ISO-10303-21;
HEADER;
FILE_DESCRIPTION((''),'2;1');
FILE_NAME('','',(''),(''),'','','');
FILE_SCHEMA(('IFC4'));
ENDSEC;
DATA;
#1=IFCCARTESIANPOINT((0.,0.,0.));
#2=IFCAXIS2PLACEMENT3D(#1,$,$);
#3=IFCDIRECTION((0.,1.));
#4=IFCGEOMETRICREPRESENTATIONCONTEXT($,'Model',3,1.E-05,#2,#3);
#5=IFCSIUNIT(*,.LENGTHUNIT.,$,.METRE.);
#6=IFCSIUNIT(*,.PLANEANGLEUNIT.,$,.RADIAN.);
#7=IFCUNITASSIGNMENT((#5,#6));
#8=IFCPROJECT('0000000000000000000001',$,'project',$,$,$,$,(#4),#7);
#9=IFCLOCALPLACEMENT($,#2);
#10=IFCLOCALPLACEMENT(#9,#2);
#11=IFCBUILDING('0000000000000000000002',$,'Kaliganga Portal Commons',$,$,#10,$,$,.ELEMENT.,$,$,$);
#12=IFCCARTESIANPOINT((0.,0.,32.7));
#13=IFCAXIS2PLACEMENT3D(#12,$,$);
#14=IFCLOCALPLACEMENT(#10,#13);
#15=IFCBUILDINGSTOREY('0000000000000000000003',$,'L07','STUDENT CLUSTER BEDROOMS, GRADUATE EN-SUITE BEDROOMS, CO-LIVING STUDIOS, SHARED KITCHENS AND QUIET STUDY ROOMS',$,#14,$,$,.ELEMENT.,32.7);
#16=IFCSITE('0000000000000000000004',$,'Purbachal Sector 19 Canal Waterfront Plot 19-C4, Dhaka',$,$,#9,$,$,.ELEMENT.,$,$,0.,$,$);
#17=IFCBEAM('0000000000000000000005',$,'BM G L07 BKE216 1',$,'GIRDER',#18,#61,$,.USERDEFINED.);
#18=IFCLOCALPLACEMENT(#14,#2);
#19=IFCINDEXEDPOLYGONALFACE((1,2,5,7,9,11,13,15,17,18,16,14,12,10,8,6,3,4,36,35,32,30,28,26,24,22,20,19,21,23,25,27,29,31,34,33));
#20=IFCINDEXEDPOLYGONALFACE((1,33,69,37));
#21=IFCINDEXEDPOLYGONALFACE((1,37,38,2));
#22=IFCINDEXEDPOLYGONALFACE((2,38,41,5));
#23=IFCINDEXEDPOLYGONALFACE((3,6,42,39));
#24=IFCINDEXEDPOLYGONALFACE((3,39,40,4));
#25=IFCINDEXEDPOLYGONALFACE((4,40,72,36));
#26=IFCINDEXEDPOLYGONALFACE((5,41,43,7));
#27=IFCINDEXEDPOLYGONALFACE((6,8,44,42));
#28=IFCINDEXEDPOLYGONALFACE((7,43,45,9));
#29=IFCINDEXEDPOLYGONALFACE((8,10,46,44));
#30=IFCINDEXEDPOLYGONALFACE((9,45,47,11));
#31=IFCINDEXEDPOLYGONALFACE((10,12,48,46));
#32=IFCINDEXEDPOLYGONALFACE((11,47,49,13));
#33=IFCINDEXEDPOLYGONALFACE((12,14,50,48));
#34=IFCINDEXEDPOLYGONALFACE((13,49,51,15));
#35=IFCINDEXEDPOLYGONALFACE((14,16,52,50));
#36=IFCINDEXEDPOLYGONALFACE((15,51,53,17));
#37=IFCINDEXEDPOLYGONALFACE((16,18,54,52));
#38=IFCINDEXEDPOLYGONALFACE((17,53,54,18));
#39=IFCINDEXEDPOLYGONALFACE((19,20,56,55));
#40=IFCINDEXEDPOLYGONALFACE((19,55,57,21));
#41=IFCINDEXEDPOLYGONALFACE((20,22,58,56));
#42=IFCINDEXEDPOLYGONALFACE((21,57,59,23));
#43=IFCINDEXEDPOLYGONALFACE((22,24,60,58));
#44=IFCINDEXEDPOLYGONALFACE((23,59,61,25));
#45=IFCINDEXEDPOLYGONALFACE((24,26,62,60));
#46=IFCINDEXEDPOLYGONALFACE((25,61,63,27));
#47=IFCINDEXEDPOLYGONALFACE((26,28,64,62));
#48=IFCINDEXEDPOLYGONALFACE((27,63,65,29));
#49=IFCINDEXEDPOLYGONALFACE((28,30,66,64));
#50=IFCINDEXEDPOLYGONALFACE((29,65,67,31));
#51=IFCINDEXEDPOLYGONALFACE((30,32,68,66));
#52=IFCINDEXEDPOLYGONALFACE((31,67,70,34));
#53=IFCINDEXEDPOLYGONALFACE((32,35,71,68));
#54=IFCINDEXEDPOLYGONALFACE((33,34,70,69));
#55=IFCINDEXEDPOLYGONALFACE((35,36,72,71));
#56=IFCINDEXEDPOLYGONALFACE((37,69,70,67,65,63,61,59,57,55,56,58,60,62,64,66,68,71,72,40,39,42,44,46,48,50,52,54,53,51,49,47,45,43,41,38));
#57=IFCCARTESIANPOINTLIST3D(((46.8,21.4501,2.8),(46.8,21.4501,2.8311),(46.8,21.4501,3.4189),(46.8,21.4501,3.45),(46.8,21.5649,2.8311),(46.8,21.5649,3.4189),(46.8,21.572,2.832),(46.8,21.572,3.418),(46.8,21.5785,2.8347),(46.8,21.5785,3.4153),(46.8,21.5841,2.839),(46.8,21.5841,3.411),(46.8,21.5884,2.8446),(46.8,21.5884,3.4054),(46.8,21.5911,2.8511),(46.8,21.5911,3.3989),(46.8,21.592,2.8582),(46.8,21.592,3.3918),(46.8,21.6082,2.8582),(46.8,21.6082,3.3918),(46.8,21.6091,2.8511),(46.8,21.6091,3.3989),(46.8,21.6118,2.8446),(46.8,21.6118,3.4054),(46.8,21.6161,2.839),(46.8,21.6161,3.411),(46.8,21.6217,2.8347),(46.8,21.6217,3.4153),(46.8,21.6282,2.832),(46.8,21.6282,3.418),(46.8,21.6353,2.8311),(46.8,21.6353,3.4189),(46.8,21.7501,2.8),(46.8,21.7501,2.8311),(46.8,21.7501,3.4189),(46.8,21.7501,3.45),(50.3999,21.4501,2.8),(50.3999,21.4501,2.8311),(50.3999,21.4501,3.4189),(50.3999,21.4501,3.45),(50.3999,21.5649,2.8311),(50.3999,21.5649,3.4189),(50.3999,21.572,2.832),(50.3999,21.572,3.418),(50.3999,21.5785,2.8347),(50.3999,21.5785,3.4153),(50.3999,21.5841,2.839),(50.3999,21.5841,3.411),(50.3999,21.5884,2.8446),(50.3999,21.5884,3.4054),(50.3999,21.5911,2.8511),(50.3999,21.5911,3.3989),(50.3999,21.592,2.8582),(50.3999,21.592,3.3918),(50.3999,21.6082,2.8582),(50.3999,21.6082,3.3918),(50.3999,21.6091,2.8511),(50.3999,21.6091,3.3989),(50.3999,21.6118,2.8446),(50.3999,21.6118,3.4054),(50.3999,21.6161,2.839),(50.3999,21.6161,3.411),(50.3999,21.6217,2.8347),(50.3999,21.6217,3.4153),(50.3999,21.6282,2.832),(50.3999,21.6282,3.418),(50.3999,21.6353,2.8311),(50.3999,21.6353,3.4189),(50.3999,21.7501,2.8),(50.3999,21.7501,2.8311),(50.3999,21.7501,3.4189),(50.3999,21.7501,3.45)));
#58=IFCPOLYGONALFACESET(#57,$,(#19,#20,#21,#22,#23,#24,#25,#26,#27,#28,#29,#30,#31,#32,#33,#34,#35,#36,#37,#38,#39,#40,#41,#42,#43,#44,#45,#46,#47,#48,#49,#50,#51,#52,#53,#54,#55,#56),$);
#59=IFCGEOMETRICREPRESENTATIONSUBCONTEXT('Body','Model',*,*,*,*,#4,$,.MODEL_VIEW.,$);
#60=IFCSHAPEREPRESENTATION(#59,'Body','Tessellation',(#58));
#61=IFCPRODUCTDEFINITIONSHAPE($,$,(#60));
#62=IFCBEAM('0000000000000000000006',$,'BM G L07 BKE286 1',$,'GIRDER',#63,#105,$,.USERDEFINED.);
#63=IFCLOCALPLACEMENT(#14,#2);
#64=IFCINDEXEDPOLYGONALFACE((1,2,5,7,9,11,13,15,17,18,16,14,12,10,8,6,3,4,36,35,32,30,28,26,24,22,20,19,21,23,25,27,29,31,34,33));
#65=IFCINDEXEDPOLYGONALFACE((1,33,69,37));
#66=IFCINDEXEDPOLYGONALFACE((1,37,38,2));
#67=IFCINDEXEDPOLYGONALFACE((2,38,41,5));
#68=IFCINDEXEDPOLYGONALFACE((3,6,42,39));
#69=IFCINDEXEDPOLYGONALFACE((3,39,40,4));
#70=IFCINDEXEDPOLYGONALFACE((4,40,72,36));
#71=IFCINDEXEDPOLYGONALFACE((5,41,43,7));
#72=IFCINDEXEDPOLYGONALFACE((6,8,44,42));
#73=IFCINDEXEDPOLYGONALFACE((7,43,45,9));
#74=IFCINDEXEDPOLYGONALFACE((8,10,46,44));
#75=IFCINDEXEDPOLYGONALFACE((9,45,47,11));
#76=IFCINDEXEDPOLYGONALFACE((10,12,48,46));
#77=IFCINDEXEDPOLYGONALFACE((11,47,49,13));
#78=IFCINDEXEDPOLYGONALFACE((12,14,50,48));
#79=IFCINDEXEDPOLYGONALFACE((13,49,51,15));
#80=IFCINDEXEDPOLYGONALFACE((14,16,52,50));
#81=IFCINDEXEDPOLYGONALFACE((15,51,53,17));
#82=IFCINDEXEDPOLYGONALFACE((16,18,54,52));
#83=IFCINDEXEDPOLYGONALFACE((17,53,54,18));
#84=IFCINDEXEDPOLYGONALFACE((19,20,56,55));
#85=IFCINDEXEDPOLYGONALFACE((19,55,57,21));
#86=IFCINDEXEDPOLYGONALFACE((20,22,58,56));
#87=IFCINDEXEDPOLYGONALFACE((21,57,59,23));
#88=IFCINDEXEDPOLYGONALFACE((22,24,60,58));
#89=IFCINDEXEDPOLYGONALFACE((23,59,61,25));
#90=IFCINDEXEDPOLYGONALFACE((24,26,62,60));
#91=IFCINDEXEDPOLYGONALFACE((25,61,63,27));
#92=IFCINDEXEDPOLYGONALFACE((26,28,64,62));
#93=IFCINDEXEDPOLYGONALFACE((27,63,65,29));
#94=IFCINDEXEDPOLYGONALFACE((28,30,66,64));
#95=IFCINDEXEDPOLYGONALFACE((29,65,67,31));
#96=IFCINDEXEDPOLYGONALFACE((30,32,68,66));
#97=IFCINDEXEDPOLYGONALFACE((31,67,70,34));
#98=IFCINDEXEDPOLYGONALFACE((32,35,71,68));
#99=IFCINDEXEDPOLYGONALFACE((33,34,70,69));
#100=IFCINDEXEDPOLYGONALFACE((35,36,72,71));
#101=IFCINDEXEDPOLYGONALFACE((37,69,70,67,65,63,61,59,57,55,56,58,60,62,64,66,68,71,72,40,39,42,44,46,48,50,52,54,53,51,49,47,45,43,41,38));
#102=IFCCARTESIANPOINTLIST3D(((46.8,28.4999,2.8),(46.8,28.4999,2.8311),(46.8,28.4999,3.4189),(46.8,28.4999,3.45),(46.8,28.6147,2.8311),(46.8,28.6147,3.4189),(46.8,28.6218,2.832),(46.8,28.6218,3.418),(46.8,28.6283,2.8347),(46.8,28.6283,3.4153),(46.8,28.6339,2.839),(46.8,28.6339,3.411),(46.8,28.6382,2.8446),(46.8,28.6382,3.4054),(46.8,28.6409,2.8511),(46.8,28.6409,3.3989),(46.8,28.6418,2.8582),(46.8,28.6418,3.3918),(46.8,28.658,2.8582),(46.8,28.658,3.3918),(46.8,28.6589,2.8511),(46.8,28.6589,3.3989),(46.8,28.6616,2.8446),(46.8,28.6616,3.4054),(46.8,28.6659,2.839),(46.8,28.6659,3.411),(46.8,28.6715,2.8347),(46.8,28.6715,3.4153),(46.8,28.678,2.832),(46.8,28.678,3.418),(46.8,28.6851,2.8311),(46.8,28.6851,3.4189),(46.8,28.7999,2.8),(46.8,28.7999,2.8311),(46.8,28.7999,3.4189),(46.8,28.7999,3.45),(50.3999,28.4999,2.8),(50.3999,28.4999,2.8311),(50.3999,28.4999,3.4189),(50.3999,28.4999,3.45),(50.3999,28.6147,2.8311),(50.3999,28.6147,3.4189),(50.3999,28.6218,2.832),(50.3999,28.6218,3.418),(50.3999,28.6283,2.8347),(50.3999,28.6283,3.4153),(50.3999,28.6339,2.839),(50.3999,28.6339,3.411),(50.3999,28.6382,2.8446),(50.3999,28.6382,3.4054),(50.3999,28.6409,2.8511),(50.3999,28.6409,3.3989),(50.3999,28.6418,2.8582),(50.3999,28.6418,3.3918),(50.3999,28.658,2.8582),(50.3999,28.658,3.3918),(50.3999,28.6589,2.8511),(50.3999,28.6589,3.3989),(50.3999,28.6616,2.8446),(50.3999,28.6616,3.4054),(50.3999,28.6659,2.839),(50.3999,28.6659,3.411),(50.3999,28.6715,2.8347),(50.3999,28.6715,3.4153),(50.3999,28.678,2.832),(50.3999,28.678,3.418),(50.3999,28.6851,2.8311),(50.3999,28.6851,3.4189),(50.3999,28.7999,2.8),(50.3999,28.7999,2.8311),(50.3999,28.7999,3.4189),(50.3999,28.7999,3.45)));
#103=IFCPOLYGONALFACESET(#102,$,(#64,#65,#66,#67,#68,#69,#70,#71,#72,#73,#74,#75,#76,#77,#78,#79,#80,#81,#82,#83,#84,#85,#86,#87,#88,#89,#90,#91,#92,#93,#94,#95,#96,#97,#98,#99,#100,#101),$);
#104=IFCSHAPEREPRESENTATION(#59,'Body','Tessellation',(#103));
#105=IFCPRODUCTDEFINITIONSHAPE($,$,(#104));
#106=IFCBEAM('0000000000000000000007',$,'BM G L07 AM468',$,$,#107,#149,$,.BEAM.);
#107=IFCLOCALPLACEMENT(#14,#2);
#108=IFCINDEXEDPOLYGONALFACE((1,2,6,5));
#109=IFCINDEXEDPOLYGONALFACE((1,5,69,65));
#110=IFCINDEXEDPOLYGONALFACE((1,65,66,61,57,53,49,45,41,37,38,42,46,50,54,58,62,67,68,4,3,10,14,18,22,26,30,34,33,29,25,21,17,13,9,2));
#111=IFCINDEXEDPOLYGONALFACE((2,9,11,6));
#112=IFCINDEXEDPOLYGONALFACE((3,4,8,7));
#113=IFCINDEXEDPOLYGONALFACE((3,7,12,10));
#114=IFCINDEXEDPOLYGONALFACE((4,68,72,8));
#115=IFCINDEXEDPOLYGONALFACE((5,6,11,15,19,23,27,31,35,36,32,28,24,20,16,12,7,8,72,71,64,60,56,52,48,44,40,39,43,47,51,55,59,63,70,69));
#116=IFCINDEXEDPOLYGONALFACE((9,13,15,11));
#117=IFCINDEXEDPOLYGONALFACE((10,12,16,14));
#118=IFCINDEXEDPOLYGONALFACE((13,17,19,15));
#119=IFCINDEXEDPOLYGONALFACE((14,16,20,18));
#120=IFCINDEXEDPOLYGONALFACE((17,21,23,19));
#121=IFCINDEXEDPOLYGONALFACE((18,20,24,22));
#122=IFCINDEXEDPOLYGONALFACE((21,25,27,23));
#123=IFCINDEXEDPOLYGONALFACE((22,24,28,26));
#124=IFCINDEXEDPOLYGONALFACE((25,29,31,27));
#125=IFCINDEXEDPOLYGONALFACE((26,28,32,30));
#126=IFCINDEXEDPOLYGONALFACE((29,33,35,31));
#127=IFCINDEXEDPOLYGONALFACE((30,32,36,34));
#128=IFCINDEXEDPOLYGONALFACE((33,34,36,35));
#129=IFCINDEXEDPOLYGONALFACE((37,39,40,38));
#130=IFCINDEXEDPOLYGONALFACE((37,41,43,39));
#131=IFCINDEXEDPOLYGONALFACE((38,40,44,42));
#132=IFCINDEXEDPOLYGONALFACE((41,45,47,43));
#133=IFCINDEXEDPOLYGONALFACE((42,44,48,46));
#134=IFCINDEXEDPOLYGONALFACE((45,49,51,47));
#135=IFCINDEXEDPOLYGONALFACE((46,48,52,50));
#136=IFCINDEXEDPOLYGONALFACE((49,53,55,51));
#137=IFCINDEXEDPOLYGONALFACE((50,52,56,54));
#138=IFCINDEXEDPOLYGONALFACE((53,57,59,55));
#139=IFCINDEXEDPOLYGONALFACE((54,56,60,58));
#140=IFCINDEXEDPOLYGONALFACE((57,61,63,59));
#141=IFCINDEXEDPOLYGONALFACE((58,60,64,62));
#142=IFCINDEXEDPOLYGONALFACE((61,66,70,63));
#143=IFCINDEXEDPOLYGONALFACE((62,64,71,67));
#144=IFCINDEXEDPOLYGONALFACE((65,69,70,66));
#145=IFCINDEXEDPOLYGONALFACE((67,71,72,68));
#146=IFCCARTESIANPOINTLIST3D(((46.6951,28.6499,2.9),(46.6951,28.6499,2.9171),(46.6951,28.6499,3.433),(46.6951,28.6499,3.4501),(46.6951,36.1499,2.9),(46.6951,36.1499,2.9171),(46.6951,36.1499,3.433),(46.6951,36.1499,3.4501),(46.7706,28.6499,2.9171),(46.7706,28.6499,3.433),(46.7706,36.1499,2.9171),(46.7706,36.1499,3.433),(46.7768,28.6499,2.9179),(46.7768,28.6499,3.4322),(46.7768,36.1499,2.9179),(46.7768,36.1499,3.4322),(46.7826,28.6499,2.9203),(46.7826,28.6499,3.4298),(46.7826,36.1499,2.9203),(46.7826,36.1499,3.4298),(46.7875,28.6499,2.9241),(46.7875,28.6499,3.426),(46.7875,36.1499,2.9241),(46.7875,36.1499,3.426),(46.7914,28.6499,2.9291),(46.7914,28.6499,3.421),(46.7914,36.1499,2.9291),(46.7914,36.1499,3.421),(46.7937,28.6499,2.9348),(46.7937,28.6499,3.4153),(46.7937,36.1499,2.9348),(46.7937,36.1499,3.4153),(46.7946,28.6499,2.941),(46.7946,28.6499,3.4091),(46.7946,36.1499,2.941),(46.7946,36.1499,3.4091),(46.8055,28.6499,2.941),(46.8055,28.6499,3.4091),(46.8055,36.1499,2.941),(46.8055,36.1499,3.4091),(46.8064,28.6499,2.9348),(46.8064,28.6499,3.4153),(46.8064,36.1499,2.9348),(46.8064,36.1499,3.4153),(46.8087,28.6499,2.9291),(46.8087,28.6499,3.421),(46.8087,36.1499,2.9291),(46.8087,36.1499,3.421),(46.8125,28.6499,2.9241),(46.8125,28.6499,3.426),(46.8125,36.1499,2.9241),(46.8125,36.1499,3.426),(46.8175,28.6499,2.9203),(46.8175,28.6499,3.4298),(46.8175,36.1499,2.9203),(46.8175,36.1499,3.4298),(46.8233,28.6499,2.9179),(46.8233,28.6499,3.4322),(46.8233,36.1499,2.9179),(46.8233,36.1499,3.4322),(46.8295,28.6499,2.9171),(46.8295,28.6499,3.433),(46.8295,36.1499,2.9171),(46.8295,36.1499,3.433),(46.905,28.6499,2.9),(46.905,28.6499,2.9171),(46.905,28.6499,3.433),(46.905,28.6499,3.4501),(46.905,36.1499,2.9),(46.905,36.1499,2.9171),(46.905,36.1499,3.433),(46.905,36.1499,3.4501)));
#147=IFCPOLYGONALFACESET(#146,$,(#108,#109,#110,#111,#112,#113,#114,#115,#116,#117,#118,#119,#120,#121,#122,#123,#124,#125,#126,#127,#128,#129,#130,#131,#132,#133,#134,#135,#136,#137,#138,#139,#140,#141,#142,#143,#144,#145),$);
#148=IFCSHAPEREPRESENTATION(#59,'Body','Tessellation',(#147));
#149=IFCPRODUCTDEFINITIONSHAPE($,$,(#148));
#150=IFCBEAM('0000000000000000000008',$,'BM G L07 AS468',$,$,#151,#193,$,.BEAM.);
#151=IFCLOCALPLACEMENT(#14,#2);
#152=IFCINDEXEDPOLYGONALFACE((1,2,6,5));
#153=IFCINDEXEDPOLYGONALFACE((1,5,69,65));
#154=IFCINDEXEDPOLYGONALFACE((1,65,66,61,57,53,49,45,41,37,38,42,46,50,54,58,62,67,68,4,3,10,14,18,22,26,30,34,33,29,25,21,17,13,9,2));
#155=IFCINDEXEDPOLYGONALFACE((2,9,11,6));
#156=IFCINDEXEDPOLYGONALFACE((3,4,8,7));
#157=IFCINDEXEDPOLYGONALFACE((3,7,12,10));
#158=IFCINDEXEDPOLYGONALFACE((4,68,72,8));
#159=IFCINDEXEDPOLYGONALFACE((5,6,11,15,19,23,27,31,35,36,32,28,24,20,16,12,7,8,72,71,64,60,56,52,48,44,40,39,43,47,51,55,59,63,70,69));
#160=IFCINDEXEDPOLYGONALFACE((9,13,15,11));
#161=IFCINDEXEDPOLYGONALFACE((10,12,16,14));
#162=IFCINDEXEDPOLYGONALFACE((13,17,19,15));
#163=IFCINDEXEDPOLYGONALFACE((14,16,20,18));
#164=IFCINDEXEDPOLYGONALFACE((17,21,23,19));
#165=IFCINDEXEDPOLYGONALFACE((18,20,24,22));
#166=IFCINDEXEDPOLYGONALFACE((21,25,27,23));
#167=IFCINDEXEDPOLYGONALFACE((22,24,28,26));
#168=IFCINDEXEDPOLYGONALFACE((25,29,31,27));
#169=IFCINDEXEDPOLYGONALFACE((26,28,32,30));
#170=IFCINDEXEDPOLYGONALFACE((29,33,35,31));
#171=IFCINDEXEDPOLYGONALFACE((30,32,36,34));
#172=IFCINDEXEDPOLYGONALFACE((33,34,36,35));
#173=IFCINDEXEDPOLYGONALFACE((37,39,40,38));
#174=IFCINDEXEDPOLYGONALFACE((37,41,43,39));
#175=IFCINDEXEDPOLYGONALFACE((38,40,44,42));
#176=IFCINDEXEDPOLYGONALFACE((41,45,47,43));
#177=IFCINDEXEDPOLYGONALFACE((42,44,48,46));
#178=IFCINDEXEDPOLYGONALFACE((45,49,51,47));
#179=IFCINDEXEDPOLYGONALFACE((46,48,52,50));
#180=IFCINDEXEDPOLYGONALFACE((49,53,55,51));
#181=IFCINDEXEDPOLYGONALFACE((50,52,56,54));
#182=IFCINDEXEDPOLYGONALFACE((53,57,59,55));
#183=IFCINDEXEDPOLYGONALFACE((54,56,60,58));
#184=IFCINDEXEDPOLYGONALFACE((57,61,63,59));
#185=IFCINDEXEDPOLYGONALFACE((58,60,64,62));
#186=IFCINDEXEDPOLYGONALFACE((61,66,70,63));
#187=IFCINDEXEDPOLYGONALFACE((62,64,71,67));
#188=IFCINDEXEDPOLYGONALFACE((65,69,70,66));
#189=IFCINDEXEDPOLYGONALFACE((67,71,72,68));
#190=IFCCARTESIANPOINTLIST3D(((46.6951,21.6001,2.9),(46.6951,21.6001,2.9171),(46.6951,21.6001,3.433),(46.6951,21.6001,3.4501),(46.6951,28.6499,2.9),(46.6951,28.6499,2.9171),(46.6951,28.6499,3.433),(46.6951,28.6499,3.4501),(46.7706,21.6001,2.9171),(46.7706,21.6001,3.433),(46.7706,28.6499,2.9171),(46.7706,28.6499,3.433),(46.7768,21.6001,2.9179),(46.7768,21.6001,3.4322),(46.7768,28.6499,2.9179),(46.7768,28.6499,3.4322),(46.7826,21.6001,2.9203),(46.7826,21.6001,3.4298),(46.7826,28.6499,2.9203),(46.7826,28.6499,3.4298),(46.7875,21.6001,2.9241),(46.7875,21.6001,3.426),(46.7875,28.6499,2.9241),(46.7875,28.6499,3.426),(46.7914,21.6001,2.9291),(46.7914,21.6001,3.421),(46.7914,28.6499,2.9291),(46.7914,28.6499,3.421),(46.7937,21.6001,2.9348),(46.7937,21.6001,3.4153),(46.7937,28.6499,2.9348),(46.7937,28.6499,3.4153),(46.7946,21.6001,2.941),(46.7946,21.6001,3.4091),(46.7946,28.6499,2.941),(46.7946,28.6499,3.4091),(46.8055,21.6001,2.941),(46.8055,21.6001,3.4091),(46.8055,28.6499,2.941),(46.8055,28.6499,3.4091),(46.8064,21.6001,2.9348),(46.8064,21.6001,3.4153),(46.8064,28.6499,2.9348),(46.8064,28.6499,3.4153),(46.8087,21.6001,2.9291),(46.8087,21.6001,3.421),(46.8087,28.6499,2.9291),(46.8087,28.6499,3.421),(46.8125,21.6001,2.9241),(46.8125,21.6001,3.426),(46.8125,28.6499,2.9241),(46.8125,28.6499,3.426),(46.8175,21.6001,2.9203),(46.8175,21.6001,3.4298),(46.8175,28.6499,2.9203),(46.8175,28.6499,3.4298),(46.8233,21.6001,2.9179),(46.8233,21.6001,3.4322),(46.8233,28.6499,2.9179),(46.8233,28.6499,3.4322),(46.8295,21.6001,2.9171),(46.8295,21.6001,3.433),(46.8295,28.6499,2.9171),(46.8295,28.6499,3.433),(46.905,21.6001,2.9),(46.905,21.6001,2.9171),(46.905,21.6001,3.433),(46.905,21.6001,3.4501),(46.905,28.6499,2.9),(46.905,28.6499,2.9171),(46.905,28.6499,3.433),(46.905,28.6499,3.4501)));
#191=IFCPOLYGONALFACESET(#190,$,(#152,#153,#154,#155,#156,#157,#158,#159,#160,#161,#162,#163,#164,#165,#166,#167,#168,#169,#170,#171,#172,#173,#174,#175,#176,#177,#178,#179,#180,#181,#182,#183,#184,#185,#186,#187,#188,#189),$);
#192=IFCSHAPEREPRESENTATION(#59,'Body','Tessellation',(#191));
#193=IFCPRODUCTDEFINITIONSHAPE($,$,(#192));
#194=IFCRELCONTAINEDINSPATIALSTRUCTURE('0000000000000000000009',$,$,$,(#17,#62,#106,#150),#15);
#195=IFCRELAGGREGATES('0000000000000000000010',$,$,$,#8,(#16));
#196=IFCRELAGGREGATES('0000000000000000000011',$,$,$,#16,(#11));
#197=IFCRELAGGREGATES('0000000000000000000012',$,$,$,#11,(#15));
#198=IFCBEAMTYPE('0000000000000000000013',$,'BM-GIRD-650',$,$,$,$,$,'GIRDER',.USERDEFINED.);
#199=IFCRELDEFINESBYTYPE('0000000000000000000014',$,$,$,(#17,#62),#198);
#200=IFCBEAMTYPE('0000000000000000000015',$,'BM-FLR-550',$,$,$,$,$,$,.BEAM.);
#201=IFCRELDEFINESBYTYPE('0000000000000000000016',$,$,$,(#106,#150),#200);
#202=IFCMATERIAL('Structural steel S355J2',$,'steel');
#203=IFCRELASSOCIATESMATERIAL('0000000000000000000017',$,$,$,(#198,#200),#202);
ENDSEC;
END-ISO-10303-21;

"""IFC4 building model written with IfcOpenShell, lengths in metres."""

from ifc_helpers import new_model, si_unit, direction, frame, origin, origin_2d, place, context, subcontext, project, spatial, i_section, extrude, source, transform, mapped, material, material_profile, profile_set, type_object, element, save


model = new_model("IFC4")

# Units and contexts
model_context = context("Model", 3, precision=1e-05, world=origin(), true_north=direction((0.0, 1.0)))
body_context = subcontext(model_context, "Body", "Model", "MODEL_VIEW")
ifc_project = project(units=[si_unit("LENGTHUNIT", "METRE"), si_unit("PLANEANGLEUNIT", "RADIAN")], contexts=[model_context])

# Site, building, storey
site_placement = place(None, origin())
site = spatial("IfcSite", under=ifc_project, at=site_placement, Name="Purbachal Sector 19 Canal Waterfront Plot 19-C4, Dhaka", CompositionType="ELEMENT", RefElevation=0.0)
building_placement = place(site_placement, origin())
building = spatial("IfcBuilding", under=site, at=building_placement, Name="Kaliganga Portal Commons", CompositionType="ELEMENT")
storey_placement = place(building_placement, frame((0.0, 0.0, 32.7)))
storey = spatial("IfcBuildingStorey", under=building, at=storey_placement, Name="L07", Description="STUDENT CLUSTER BEDROOMS, GRADUATE EN-SUITE BEDROOMS, CO-LIVING STUDIOS, SHARED KITCHENS AND QUIET STUDY ROOMS", CompositionType="ELEMENT", Elevation=32.7)

# Beams
ifc_material_1 = material(Name="Structural steel S355J2", Category="steel")
ifc_material_profile_1 = material_profile(ifc_material_1, i_section(OverallWidth=0.3, OverallDepth=0.6499, WebThickness=0.0161, FlangeThickness=0.031, FilletRadius=0.0271, at=origin_2d()), Name="HE 650 B")
ifc_profile_set_1 = profile_set([ifc_material_profile_1], Name="Structural steel S355J2 wide-flange")
beam_type_1 = type_object("IfcBeamType", Name="BM-GIRD-650", ElementType="GIRDER", PredefinedType="USERDEFINED", material=ifc_profile_set_1)
shared_shape_1 = source(origin(), body_context, "Body", "SweptSolid", [
    extrude(i_section(OverallWidth=0.3, OverallDepth=0.6499, WebThickness=0.0161, FlangeThickness=0.031, FilletRadius=0.0271, at=origin_2d()), origin(), (0.0, 0.0, 1.0), 3.5999),
])
for number, where, z_axis, x_axis, name in (
    (1, (46.8, 21.6001, 3.125), (1.0, 0.0, 0.0), (0.0, 1.0, 0.0), "BM G L07 BKE216 1"),
    (2, (46.8, 28.6499, 3.125), (1.0, 0.0, 0.0), (0.0, 1.0, 0.0), "BM G L07 BKE286 1"),
):
    element("IfcBeam", number, at=place(storey_placement, frame(where, z_axis=z_axis, x_axis=x_axis)), inside=storey, type_object=beam_type_1, Name=name, ObjectType="GIRDER", PredefinedType="USERDEFINED", context=body_context, shape_type="MappedRepresentation", body=[
        mapped(shared_shape_1, transform((0.0, 0.0, 0.0), x_axis=(1.0, 0.0, 0.0), y_axis=(0.0, 1.0, 0.0), z_axis=(0.0, 0.0, 1.0), scale=1.0)),
    ])
ifc_material_profile_2 = material_profile(ifc_material_1, i_section(OverallWidth=0.21, OverallDepth=0.55, WebThickness=0.011, FlangeThickness=0.0171, FilletRadius=0.0239, at=origin_2d()), Name="IPE 550")
ifc_profile_set_2 = profile_set([ifc_material_profile_2], Name="Structural steel S355J2 wide-flange")
beam_type_2 = type_object("IfcBeamType", Name="BM-FLR-550", PredefinedType="BEAM", material=ifc_profile_set_2)
shared_shape_2 = source(origin(), body_context, "Body", "SweptSolid", [
    extrude(i_section(OverallWidth=0.21, OverallDepth=0.55, WebThickness=0.011, FlangeThickness=0.0171, FilletRadius=0.0239, at=origin_2d()), origin(), (0.0, 0.0, 1.0), 7.5),
])
beam_1_placement = place(storey_placement, frame((46.8, 28.6499, 3.175), z_axis=(0.0, 1.0, 0.0), x_axis=(-1.0, 0.0, 0.0)))
element("IfcBeam", 3, at=beam_1_placement, inside=storey, type_object=beam_type_2, Name="BM G L07 AM468", PredefinedType="BEAM", context=body_context, shape_type="MappedRepresentation", body=[
    mapped(shared_shape_2, transform((0.0, 0.0, 0.0), x_axis=(1.0, 0.0, 0.0), y_axis=(0.0, 1.0, 0.0), z_axis=(0.0, 0.0, 1.0), scale=1.0)),
])
shared_shape_3 = source(origin(), body_context, "Body", "SweptSolid", [
    extrude(i_section(OverallWidth=0.21, OverallDepth=0.55, WebThickness=0.011, FlangeThickness=0.0171, FilletRadius=0.0239, at=origin_2d()), origin(), (0.0, 0.0, 1.0), 7.0498),
])
beam_2_placement = place(storey_placement, frame((46.8, 21.6001, 3.175), z_axis=(0.0, 1.0, 0.0), x_axis=(-1.0, 0.0, 0.0)))
element("IfcBeam", 4, at=beam_2_placement, inside=storey, type_object=beam_type_2, Name="BM G L07 AS468", PredefinedType="BEAM", context=body_context, shape_type="MappedRepresentation", body=[
    mapped(shared_shape_3, transform((0.0, 0.0, 0.0), x_axis=(1.0, 0.0, 0.0), y_axis=(0.0, 1.0, 0.0), z_axis=(0.0, 0.0, 1.0), scale=1.0)),
])

save(model, "model.ifc")
